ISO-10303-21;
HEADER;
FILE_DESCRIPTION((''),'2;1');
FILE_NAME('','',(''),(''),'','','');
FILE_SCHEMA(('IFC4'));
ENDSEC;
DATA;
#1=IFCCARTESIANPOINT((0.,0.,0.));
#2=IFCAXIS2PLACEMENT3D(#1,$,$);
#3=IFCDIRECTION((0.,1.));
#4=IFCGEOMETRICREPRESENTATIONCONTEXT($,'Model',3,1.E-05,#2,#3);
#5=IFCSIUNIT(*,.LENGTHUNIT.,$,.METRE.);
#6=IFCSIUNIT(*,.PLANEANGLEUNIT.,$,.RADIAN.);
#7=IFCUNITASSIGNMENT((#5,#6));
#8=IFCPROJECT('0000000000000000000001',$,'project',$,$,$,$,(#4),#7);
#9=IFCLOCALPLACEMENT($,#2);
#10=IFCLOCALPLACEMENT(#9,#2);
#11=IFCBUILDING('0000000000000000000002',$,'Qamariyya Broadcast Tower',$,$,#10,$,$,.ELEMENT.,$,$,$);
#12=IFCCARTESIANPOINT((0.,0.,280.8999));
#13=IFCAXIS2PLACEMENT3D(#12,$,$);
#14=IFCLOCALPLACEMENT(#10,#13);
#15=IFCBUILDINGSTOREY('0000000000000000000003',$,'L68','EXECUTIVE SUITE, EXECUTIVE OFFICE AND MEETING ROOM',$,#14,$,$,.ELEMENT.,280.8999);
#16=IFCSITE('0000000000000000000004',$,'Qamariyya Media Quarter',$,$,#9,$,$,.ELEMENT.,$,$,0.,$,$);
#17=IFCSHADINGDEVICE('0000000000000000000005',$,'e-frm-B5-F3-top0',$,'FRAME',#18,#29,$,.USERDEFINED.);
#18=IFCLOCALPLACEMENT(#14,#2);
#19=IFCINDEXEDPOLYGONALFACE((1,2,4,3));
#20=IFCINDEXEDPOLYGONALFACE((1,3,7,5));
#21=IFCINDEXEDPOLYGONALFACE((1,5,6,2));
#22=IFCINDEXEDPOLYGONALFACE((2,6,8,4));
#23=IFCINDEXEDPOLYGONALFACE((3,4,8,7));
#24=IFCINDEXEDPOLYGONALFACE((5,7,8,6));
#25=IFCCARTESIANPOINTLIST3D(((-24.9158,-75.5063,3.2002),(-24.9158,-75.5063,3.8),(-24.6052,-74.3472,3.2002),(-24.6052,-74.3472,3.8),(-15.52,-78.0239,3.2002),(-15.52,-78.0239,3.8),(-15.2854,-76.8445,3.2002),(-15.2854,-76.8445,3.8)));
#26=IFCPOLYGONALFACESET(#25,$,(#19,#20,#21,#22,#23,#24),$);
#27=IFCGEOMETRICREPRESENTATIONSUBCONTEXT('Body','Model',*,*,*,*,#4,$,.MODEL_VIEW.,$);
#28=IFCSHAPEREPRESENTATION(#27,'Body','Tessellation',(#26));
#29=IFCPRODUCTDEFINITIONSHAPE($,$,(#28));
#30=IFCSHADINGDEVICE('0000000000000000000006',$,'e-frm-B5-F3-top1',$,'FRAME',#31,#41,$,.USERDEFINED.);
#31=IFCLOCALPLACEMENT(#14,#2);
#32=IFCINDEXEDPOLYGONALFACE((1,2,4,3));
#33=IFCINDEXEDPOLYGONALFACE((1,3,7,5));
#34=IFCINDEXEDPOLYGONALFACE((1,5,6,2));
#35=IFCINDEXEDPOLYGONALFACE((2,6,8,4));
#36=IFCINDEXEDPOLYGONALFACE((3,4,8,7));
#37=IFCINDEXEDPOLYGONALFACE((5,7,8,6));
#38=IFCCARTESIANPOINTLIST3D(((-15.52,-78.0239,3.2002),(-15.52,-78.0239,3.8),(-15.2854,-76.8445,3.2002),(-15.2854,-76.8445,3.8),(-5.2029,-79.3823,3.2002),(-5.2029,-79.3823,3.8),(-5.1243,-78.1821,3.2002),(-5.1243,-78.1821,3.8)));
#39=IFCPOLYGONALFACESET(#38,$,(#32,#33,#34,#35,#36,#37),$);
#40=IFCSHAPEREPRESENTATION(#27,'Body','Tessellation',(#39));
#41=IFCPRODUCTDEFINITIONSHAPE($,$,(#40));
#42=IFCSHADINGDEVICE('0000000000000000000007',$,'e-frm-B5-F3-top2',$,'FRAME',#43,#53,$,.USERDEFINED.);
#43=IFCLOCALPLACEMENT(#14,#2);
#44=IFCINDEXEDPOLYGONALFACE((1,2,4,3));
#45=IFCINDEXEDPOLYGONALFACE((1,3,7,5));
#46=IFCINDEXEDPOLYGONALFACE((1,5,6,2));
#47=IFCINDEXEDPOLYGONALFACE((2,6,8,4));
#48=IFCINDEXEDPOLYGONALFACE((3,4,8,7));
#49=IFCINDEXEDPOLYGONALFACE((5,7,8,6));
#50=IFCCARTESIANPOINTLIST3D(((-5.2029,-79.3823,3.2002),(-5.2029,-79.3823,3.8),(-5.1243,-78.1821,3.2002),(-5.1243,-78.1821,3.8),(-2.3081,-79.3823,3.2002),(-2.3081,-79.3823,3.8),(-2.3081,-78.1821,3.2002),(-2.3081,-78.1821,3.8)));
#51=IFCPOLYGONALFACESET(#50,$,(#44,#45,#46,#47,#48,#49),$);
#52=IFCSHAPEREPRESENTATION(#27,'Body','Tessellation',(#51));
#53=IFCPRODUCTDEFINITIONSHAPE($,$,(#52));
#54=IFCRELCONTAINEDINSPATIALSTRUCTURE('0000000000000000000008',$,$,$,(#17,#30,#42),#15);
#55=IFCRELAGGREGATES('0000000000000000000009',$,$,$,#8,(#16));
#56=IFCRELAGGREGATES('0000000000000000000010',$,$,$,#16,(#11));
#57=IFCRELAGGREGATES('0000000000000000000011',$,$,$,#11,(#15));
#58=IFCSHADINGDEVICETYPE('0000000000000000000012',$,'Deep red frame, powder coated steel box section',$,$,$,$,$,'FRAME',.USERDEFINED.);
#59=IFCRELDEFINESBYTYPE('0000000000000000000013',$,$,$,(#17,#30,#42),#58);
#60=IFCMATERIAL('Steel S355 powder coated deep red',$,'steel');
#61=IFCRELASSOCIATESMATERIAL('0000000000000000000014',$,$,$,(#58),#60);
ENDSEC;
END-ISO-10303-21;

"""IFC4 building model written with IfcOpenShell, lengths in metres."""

from ifc_helpers import new_model, si_unit, direction, frame, origin, place, context, subcontext, project, spatial, polyline, outline, extrude, material, type_object, element, save


model = new_model("IFC4")

# Units and contexts
model_context = context("Model", 3, precision=1e-05, world=origin(), true_north=direction((0.0, 1.0)))
body_context = subcontext(model_context, "Body", "Model", "MODEL_VIEW")
ifc_project = project(units=[si_unit("LENGTHUNIT", "METRE"), si_unit("PLANEANGLEUNIT", "RADIAN")], contexts=[model_context])

# Site, building, storey
site_placement = place(None, origin())
building_placement = place(site_placement, origin())
storey_placement = place(building_placement, frame((0.0, 0.0, 280.8999)))
site = spatial("IfcSite", under=ifc_project, at=site_placement, Name="Qamariyya Media Quarter", CompositionType="ELEMENT", RefElevation=0.0)
building = spatial("IfcBuilding", under=site, at=building_placement, Name="Qamariyya Broadcast Tower", CompositionType="ELEMENT")
storey = spatial("IfcBuildingStorey", under=building, at=storey_placement, Name="L68", Description="EXECUTIVE SUITE, EXECUTIVE OFFICE AND MEETING ROOM", CompositionType="ELEMENT", Elevation=280.8999)

# Shading devices
ifc_material_1 = material(Name="Steel S355 powder coated deep red", Category="steel")
shading_device_type = type_object("IfcShadingDeviceType", Name="Deep red frame, powder coated steel box section", ElementType="FRAME", PredefinedType="USERDEFINED", material=ifc_material_1)
shading_device_1_placement = place(storey_placement, frame((0.0, 0.0, 3.2002)))
element("IfcShadingDevice", 1, at=shading_device_1_placement, inside=storey, type_object=shading_device_type, Name="e-frm-B5-F3-top0", ObjectType="FRAME", PredefinedType="USERDEFINED", context=body_context, shape_type="SweptSolid", body=[
    extrude(outline(polyline([(-24.6052, -74.3472), (-24.9158, -75.5063), (-15.52, -78.0239), (-15.2854, -76.8445), (-24.6052, -74.3472)])), origin(), (0.0, 0.0, 1.0), 0.5999),
])
shading_device_2_placement = place(storey_placement, frame((0.0, 0.0, 3.2002)))
element("IfcShadingDevice", 2, at=shading_device_2_placement, inside=storey, type_object=shading_device_type, Name="e-frm-B5-F3-top1", ObjectType="FRAME", PredefinedType="USERDEFINED", context=body_context, shape_type="SweptSolid", body=[
    extrude(outline(polyline([(-15.2854, -76.8445), (-15.52, -78.0239), (-5.2029, -79.3823), (-5.1243, -78.1821), (-15.2854, -76.8445)])), origin(), (0.0, 0.0, 1.0), 0.5999),
])
shading_device_3_placement = place(storey_placement, frame((0.0, 0.0, 3.2002)))
element("IfcShadingDevice", 3, at=shading_device_3_placement, inside=storey, type_object=shading_device_type, Name="e-frm-B5-F3-top2", ObjectType="FRAME", PredefinedType="USERDEFINED", context=body_context, shape_type="SweptSolid", body=[
    extrude(outline(polyline([(-5.1243, -78.1821), (-5.2029, -79.3823), (-2.3081, -79.3823), (-2.3081, -78.1821), (-5.1243, -78.1821)])), origin(), (0.0, 0.0, 1.0), 0.5999),
])

save(model, "model.ifc")
